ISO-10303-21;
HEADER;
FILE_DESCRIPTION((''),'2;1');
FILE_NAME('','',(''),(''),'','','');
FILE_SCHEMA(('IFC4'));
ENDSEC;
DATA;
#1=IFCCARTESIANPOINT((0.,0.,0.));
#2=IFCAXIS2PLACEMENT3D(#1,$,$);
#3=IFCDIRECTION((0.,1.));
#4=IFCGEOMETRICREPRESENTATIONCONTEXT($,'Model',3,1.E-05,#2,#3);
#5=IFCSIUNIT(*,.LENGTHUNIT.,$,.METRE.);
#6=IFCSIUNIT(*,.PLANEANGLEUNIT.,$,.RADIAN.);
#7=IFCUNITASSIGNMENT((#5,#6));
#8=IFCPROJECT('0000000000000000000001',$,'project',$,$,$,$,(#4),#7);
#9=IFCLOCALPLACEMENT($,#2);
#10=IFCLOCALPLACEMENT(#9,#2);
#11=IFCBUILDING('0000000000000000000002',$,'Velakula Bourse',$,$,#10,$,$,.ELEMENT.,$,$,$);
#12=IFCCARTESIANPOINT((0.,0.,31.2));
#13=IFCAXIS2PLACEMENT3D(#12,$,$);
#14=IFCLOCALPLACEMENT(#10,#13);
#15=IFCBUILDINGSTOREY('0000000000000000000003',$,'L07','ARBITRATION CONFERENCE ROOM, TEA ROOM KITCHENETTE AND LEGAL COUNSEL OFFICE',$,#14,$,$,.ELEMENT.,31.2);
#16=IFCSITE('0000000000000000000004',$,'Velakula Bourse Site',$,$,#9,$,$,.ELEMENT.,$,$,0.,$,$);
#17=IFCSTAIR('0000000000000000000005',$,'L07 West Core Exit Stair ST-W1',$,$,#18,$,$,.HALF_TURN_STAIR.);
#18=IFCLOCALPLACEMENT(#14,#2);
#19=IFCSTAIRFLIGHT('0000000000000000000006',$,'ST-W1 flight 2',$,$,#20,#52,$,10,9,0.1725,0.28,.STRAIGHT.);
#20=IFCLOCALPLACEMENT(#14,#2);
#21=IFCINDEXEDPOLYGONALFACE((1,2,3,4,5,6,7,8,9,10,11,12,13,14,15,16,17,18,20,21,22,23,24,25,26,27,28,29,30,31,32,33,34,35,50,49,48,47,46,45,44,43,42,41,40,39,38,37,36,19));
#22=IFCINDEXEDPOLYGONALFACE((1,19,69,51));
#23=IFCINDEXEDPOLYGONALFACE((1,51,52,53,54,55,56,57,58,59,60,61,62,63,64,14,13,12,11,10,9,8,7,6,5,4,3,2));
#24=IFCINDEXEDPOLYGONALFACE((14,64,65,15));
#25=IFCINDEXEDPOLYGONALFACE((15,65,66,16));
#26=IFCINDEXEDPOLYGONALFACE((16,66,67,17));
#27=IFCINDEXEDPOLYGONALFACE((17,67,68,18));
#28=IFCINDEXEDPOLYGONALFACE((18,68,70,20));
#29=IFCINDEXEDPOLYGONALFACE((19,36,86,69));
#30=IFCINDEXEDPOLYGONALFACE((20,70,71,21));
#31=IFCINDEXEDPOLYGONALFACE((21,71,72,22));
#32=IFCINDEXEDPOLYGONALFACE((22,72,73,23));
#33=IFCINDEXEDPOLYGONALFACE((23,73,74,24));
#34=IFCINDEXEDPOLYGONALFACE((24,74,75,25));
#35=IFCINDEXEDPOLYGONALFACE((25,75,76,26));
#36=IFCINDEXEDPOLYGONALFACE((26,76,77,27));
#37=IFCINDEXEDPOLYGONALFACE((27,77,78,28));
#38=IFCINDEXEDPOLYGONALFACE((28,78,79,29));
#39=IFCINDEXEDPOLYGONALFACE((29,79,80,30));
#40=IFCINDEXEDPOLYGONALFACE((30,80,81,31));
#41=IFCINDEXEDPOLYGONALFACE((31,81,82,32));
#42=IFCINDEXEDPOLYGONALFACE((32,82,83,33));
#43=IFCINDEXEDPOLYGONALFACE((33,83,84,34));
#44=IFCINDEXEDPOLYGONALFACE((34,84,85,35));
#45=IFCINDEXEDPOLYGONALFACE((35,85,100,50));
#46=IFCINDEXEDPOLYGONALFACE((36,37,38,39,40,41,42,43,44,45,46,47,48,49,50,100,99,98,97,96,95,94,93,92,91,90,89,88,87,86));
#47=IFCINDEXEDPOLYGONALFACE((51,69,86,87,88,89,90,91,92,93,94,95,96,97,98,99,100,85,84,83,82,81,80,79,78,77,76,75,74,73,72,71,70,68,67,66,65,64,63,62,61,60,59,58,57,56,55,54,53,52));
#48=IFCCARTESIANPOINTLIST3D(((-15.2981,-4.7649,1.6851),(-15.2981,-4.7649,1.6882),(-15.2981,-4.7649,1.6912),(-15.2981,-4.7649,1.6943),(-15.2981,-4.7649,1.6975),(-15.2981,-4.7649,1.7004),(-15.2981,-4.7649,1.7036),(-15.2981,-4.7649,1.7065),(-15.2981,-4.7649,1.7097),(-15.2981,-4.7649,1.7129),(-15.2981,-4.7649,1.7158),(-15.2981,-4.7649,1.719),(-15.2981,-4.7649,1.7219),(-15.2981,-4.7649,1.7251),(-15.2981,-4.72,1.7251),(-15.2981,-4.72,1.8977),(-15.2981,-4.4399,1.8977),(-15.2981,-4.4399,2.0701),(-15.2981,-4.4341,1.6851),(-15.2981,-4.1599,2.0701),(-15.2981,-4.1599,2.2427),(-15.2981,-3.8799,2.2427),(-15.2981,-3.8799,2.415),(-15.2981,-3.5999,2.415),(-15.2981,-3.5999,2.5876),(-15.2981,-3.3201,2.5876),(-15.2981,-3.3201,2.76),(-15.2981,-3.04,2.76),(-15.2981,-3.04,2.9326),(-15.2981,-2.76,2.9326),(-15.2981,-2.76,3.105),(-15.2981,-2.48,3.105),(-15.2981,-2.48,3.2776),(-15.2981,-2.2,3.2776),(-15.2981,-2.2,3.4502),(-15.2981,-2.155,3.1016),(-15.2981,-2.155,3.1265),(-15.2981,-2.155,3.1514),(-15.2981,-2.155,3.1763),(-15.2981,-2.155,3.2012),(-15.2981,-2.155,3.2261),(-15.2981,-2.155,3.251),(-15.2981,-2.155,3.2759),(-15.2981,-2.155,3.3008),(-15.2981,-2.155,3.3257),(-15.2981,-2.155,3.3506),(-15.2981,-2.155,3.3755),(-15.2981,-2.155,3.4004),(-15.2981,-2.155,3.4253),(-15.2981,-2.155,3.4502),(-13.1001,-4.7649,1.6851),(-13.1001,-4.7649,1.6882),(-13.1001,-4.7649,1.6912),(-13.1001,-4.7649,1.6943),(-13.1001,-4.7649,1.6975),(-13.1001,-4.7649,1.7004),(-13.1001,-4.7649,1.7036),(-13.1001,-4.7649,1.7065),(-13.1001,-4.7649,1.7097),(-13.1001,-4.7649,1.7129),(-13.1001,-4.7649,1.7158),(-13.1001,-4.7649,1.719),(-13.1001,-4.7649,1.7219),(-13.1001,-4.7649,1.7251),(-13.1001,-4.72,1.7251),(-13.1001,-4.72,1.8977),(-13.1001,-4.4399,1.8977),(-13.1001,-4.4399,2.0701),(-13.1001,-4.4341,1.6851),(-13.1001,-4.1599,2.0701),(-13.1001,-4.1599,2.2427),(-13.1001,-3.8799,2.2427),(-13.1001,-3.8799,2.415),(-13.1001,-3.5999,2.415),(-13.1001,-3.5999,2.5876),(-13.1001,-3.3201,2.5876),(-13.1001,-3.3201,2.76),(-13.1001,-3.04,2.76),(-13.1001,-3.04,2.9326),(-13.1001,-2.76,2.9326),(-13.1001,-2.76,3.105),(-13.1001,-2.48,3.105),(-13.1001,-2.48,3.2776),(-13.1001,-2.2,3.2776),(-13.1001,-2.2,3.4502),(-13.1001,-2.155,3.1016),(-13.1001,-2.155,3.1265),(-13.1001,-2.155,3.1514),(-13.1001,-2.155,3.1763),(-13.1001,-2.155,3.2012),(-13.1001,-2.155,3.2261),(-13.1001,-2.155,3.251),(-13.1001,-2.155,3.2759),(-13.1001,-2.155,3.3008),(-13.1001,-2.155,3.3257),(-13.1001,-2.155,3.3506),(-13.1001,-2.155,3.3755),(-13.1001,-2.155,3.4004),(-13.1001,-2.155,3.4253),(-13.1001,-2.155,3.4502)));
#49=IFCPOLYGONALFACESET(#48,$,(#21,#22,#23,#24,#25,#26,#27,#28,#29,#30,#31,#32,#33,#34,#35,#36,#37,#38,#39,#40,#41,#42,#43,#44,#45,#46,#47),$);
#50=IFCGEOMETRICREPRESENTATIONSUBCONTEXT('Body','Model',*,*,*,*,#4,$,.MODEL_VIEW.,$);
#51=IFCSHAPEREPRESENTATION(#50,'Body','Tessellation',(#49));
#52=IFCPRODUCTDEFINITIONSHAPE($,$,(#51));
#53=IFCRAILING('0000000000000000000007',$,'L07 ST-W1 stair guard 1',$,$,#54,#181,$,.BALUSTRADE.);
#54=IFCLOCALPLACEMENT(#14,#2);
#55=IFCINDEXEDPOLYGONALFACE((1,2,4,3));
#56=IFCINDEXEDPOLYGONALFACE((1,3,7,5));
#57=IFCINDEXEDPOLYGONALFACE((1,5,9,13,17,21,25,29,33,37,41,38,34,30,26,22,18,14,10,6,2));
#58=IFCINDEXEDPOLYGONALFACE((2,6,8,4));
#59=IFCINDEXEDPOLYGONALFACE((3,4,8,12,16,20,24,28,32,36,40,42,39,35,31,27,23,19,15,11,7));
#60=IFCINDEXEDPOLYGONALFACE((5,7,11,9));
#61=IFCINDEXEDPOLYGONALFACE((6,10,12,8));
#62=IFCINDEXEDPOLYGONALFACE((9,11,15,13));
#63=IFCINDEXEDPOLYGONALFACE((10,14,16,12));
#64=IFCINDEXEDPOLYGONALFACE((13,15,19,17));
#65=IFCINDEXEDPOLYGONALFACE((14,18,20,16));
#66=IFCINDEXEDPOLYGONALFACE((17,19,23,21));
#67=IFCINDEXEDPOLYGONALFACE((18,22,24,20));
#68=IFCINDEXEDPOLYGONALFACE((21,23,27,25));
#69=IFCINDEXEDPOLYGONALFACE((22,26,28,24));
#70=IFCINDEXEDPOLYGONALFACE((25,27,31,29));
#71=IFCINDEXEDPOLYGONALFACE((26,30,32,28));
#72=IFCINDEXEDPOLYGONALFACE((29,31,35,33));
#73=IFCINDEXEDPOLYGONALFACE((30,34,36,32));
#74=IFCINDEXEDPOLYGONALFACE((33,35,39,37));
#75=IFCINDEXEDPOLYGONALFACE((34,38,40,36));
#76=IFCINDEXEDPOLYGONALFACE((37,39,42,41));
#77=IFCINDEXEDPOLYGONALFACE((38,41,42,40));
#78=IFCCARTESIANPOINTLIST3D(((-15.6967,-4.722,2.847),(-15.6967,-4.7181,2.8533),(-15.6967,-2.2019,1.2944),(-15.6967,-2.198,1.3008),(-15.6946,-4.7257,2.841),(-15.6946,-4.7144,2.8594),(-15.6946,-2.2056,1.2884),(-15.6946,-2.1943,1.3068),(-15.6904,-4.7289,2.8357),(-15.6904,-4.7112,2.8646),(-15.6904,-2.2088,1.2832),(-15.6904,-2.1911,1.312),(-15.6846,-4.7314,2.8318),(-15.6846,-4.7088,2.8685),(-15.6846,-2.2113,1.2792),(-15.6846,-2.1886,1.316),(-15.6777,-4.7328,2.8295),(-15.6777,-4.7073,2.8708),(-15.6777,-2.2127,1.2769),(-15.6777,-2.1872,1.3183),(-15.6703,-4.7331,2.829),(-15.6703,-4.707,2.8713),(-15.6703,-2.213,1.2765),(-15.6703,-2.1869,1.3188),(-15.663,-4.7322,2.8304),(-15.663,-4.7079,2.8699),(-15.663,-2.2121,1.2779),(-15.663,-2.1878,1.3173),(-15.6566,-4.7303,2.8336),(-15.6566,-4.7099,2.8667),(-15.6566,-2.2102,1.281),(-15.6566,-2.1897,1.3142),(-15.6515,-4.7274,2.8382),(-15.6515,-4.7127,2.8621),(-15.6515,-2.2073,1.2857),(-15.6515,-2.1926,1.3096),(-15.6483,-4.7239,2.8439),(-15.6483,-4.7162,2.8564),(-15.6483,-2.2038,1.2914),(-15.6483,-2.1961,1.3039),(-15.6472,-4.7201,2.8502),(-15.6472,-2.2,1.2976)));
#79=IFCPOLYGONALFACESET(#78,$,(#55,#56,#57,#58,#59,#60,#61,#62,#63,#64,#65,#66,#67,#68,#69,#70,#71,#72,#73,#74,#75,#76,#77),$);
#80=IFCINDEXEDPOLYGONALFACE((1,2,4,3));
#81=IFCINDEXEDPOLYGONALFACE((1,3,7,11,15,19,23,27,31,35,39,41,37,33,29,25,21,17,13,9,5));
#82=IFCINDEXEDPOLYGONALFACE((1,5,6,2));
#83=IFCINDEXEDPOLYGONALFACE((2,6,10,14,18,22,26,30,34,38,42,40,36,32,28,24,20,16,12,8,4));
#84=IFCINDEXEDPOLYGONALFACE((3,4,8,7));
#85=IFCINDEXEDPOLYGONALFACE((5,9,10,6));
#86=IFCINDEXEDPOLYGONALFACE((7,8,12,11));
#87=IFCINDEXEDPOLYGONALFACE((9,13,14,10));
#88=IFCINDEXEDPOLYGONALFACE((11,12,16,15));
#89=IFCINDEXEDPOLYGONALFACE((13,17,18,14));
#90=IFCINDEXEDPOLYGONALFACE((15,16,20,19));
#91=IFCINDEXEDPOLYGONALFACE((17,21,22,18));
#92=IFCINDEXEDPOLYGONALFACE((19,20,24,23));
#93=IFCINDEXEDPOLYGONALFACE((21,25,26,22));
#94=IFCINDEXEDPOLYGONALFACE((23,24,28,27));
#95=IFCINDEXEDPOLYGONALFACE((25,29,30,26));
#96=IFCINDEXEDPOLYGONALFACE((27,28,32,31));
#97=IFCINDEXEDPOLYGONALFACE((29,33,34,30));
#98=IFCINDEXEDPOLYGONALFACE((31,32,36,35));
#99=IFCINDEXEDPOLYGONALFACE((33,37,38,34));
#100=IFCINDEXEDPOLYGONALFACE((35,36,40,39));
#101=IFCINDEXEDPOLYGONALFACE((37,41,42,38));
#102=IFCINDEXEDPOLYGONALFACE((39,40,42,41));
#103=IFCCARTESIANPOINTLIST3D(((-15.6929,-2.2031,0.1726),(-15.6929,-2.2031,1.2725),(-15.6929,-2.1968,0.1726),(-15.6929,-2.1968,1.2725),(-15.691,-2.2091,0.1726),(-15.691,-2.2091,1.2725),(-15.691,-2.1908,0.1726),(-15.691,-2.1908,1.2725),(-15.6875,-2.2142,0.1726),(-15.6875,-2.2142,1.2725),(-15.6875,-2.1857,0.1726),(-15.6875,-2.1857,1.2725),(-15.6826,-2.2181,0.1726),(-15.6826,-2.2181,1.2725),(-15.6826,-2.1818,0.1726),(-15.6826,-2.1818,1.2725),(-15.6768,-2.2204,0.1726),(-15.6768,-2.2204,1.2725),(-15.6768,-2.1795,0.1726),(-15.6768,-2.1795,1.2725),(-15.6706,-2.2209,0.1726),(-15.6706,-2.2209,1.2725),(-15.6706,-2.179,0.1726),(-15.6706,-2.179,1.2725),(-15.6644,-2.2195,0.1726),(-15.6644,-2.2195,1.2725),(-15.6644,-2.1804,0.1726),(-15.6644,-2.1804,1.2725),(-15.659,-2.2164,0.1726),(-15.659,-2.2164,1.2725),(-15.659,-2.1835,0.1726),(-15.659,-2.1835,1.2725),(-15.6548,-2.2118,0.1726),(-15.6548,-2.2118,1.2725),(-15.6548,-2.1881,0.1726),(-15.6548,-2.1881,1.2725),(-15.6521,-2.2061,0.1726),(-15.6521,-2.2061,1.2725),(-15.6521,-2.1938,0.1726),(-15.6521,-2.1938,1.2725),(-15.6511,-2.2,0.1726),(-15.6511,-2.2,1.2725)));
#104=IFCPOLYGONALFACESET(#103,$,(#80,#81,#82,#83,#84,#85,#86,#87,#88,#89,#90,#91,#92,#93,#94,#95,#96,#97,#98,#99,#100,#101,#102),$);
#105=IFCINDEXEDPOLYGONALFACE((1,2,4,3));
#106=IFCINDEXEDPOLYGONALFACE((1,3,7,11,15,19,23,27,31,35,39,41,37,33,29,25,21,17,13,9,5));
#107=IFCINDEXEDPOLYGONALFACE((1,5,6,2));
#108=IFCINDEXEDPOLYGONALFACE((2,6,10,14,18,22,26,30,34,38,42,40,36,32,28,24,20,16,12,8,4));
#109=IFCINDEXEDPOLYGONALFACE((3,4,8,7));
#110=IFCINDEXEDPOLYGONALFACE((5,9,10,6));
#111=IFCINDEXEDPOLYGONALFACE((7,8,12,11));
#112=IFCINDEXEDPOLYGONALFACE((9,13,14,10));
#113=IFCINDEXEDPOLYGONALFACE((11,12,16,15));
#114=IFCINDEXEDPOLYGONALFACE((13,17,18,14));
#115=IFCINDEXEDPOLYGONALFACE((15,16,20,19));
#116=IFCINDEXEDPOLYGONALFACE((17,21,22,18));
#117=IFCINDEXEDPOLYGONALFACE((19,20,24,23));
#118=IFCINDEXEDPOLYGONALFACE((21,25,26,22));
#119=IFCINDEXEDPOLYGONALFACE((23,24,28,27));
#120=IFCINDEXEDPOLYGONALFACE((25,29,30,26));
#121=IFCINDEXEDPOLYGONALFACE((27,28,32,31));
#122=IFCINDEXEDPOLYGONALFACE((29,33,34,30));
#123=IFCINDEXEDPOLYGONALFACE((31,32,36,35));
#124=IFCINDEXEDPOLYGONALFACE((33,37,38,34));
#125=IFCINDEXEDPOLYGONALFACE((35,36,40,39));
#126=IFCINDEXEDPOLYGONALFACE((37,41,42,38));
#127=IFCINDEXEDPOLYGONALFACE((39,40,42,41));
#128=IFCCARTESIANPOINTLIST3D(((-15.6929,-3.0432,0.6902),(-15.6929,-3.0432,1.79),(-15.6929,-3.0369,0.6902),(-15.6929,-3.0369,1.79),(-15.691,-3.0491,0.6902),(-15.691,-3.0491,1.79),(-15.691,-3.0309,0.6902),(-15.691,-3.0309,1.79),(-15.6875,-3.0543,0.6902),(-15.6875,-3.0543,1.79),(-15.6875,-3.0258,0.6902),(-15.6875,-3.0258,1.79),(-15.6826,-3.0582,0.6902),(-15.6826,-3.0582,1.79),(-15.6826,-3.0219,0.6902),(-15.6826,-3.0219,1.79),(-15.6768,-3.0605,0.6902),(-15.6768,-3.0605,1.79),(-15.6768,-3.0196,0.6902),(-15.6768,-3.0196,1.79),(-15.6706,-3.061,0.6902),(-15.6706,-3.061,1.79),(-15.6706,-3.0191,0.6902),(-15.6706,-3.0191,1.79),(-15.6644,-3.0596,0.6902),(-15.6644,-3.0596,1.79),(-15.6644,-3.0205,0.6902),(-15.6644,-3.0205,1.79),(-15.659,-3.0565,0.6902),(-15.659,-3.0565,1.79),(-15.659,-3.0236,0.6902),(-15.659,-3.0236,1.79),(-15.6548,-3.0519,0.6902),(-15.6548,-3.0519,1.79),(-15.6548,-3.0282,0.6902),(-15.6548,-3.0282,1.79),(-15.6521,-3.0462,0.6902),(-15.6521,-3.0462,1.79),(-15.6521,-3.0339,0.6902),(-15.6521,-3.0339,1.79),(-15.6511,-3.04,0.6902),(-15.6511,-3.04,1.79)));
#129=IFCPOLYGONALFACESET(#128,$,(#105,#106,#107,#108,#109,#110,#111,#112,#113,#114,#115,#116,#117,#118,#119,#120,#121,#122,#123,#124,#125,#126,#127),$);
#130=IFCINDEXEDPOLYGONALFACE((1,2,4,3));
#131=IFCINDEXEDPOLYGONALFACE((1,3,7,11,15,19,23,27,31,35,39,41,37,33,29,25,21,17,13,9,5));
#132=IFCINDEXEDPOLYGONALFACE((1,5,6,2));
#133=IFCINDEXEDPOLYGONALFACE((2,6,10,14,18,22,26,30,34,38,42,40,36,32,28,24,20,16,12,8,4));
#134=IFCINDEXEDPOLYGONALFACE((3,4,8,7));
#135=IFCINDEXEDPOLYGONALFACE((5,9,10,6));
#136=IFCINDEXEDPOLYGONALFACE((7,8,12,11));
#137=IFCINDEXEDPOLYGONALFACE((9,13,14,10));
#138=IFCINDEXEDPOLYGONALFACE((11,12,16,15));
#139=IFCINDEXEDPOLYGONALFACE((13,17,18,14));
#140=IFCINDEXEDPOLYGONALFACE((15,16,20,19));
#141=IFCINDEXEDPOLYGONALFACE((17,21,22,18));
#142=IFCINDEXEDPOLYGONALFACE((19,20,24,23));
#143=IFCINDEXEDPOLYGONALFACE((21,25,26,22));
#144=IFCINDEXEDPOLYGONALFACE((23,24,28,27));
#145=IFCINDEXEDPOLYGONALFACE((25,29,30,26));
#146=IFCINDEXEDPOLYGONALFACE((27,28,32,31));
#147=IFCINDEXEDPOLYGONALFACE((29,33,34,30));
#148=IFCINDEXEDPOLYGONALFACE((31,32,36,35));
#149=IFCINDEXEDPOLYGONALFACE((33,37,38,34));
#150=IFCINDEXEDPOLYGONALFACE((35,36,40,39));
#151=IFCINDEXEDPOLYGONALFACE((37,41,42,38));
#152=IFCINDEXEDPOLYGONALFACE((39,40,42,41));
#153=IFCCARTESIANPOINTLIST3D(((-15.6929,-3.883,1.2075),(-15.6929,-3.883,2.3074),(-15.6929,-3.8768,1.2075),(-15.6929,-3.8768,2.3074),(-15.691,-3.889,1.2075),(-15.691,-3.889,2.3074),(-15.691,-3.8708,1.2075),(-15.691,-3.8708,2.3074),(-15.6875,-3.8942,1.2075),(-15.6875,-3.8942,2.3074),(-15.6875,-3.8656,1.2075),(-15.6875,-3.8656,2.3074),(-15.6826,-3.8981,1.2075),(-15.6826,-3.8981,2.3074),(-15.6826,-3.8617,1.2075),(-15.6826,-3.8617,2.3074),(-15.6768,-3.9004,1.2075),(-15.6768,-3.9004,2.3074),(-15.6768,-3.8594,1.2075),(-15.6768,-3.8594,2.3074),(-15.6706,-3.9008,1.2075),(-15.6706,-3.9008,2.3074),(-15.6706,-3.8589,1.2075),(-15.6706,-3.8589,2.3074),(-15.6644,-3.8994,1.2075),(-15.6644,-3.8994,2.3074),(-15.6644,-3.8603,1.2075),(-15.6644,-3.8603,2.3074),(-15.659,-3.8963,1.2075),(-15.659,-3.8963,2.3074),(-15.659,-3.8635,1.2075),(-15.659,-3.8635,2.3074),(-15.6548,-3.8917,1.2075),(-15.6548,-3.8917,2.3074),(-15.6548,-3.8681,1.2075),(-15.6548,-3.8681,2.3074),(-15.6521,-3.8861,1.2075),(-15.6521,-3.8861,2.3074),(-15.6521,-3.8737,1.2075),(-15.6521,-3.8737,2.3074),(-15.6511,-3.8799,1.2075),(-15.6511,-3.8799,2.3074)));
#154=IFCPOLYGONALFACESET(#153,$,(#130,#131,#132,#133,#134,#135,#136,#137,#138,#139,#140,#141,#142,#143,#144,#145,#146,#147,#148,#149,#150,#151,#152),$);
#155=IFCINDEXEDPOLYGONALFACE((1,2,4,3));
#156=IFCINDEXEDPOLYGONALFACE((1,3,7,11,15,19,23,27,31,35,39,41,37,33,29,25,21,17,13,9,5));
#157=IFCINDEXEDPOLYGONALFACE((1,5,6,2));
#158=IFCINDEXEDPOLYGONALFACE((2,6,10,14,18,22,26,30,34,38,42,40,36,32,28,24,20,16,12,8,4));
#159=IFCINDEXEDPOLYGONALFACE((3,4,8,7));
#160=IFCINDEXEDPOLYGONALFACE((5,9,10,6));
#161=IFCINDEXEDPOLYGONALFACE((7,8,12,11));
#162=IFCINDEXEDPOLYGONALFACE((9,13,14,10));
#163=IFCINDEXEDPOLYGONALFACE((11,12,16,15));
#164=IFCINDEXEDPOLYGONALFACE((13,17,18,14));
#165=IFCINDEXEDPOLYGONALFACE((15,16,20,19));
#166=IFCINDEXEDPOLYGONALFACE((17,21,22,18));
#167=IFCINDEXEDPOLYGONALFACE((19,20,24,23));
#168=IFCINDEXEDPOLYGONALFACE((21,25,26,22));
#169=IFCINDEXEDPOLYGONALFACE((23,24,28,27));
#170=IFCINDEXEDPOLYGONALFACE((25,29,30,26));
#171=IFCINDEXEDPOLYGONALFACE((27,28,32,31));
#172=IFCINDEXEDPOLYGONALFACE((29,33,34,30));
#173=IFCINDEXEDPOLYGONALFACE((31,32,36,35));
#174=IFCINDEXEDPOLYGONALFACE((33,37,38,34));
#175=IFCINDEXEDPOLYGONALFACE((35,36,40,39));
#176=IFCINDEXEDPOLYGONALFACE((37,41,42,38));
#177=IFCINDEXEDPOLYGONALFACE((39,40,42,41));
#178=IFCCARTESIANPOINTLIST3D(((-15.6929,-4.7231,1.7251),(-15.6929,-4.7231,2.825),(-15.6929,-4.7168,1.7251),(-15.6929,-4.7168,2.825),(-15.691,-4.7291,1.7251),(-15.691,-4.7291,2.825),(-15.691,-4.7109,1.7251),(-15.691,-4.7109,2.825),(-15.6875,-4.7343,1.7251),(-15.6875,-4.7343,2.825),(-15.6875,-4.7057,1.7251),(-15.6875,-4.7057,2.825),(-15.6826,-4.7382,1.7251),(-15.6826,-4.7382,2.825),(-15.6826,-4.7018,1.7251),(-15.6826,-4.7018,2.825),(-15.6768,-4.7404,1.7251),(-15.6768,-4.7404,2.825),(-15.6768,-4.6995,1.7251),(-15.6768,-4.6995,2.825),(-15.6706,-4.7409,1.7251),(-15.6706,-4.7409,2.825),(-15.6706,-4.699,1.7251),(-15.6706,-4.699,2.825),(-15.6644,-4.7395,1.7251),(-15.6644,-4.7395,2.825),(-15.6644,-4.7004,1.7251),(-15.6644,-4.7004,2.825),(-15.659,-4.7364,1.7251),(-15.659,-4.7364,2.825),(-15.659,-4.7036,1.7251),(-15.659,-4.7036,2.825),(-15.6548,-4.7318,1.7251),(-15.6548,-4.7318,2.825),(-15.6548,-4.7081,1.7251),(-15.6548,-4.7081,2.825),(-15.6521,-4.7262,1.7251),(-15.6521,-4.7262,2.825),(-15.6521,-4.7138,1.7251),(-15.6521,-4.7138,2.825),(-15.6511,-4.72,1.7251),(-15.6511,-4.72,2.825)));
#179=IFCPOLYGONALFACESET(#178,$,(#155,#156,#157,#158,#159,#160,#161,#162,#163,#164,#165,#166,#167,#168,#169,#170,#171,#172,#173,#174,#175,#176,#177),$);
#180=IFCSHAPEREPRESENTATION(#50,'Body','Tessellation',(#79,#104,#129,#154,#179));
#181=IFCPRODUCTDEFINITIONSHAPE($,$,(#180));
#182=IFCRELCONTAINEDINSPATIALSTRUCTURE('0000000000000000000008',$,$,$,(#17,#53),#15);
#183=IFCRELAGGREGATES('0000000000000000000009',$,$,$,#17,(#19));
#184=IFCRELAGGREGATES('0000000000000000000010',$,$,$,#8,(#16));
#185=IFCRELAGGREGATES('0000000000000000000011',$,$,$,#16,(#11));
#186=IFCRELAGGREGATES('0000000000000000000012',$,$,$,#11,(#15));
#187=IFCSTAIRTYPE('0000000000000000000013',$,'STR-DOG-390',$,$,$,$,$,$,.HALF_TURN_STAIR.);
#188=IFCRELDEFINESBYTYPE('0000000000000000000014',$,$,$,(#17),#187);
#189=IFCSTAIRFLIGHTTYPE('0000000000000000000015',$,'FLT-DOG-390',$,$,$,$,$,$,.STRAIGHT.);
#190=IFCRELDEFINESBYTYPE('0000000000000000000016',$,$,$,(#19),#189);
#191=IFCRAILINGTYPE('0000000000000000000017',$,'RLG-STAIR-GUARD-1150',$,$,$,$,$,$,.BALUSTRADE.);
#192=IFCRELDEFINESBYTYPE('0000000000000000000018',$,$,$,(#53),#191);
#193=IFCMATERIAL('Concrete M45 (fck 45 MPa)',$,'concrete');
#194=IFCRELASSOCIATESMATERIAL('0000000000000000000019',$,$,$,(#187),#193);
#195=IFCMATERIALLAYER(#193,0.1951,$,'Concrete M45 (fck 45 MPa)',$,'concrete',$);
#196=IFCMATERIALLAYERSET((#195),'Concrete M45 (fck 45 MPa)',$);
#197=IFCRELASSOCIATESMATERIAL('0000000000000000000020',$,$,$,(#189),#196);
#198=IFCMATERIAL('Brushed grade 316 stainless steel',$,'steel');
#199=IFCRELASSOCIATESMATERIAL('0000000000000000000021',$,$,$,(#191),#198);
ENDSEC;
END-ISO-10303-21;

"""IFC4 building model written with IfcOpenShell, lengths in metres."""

from ifc_helpers import new_model, si_unit, direction, frame, origin, origin_2d, place, context, subcontext, project, spatial, polyline, circle, outline, extrude, material, layer, layer_set, type_object, element, aggregate, save


model = new_model("IFC4")

# Units and contexts
model_context = context("Model", 3, precision=1e-05, world=origin(), true_north=direction((0.0, 1.0)))
body_context = subcontext(model_context, "Body", "Model", "MODEL_VIEW")
ifc_project = project(units=[si_unit("LENGTHUNIT", "METRE"), si_unit("PLANEANGLEUNIT", "RADIAN")], contexts=[model_context])

# Site, building, storey
site_placement = place(None, origin())
site = spatial("IfcSite", under=ifc_project, at=site_placement, Name="Velakula Bourse Site", CompositionType="ELEMENT", RefElevation=0.0)
building_placement = place(site_placement, origin())
building = spatial("IfcBuilding", under=site, at=building_placement, Name="Velakula Bourse", CompositionType="ELEMENT")
storey_placement = place(building_placement, frame((0.0, 0.0, 31.2)))
storey = spatial("IfcBuildingStorey", under=building, at=storey_placement, Name="L07", Description="ARBITRATION CONFERENCE ROOM, TEA ROOM KITCHENETTE AND LEGAL COUNSEL OFFICE", CompositionType="ELEMENT", Elevation=31.2)

# Shared definitions
ifc_material_1 = material(Name="Brushed grade 316 stainless steel", Category="steel")

# Stair, stair flight
ifc_material_2 = material(Name="Concrete M45 (fck 45 MPa)", Category="concrete")
stair_type = type_object("IfcStairType", Name="STR-DOG-390", PredefinedType="HALF_TURN_STAIR", material=ifc_material_2)
stair_placement = place(storey_placement, origin())
stair = element("IfcStair", 1, at=stair_placement, inside=storey, type_object=stair_type, Name="L07 West Core Exit Stair ST-W1", PredefinedType="HALF_TURN_STAIR")
ifc_layer_1 = layer(ifc_material_2, 0.1951, Name="Concrete M45 (fck 45 MPa)", Category="concrete")
ifc_layer_set_1 = layer_set([ifc_layer_1], Name="Concrete M45 (fck 45 MPa)")
stair_flight_type = type_object("IfcStairFlightType", Name="FLT-DOG-390", PredefinedType="STRAIGHT", material=ifc_layer_set_1)
stair_flight_1_placement = place(storey_placement, frame((-14.199, -4.72, 1.7251), z_axis=(0.0, 0.0, 1.0), x_axis=(0.0, 1.0, 0.0)))
stair_flight_1 = element("IfcStairFlight", 2, at=stair_flight_1_placement, type_object=stair_flight_type, Name="ST-W1 flight 2", NumberOfRisers=10, NumberOfTreads=9, PredefinedType="STRAIGHT", RiserHeight=0.1725, TreadLength=0.28, context=body_context, shape_type="SweptSolid", body=[
    extrude(outline(polyline([(-0.0449, -0.04), (-0.0449, -0.0369), (-0.0449, -0.0339), (-0.0449, -0.0308), (-0.0449, -0.0276), (-0.0449, -0.0247), (-0.0449, -0.0215), (-0.0449, -0.0186), (-0.0449, -0.0154), (-0.0449, -0.0122), (-0.0449, -0.0093), (-0.0449, -0.0061), (-0.0449, -0.0032), (-0.0449, 0.0), (0.0, 0.0), (0.0, 0.1726), (0.28, 0.1726), (0.28, 0.345), (0.5601, 0.345), (0.5601, 0.5176), (0.8401, 0.5176), (0.8401, 0.6899), (1.1201, 0.6899), (1.1201, 0.8625), (1.3999, 0.8625), (1.3999, 1.0349), (1.6799, 1.0349), (1.6799, 1.2075), (1.96, 1.2075), (1.96, 1.3799), (2.24, 1.3799), (2.24, 1.5525), (2.52, 1.5525), (2.52, 1.7251), (2.5649, 1.7251), (2.5649, 1.7002), (2.5649, 1.6753), (2.5649, 1.6504), (2.5649, 1.6255), (2.5649, 1.6006), (2.5649, 1.5757), (2.5649, 1.5508), (2.5649, 1.5259), (2.5649, 1.501), (2.5649, 1.4761), (2.5649, 1.4512), (2.5649, 1.4263), (2.5649, 1.4014), (2.5649, 1.3765), (0.2859, -0.04), (-0.0449, -0.04)])), frame((0.0, 1.0991, 0.0), z_axis=(0.0, -1.0, 0.0), x_axis=(1.0, 0.0, 0.0)), (0.0, 0.0, 1.0), 2.198),
])
aggregate(stair, [stair_flight_1])

# Railing
railing_type_1 = type_object("IfcRailingType", Name="RLG-STAIR-GUARD-1150", PredefinedType="BALUSTRADE", material=ifc_material_1)
railing_1_placement = place(storey_placement, frame((-15.6721, -2.2, 0.1726)))
element("IfcRailing", 3, at=railing_1_placement, inside=storey, type_object=railing_type_1, Name="L07 ST-W1 stair guard 1", PredefinedType="BALUSTRADE", context=body_context, shape_type="SweptSolid", body=[
    extrude(circle(Radius=0.0249, at=origin_2d()), frame((0.0, 0.0, 1.125), z_axis=(0.0, -0.8514, 0.524516), x_axis=(1.0, 0.0, 0.0)), (0.0, 0.0, 1.0), 2.96),
    extrude(circle(Radius=0.021, at=origin_2d()), origin(), (0.0, 0.0, 1.0), 1.0999),
    extrude(circle(Radius=0.021, at=origin_2d()), frame((0.0, -0.8401, 0.5176)), (0.0, 0.0, 1.0), 1.0999),
    extrude(circle(Radius=0.021, at=origin_2d()), frame((0.0, -1.6799, 1.0349)), (0.0, 0.0, 1.0), 1.0999),
    extrude(circle(Radius=0.021, at=origin_2d()), frame((0.0, -2.52, 1.5525)), (0.0, 0.0, 1.0), 1.0999),
])

save(model, "model.ifc")
